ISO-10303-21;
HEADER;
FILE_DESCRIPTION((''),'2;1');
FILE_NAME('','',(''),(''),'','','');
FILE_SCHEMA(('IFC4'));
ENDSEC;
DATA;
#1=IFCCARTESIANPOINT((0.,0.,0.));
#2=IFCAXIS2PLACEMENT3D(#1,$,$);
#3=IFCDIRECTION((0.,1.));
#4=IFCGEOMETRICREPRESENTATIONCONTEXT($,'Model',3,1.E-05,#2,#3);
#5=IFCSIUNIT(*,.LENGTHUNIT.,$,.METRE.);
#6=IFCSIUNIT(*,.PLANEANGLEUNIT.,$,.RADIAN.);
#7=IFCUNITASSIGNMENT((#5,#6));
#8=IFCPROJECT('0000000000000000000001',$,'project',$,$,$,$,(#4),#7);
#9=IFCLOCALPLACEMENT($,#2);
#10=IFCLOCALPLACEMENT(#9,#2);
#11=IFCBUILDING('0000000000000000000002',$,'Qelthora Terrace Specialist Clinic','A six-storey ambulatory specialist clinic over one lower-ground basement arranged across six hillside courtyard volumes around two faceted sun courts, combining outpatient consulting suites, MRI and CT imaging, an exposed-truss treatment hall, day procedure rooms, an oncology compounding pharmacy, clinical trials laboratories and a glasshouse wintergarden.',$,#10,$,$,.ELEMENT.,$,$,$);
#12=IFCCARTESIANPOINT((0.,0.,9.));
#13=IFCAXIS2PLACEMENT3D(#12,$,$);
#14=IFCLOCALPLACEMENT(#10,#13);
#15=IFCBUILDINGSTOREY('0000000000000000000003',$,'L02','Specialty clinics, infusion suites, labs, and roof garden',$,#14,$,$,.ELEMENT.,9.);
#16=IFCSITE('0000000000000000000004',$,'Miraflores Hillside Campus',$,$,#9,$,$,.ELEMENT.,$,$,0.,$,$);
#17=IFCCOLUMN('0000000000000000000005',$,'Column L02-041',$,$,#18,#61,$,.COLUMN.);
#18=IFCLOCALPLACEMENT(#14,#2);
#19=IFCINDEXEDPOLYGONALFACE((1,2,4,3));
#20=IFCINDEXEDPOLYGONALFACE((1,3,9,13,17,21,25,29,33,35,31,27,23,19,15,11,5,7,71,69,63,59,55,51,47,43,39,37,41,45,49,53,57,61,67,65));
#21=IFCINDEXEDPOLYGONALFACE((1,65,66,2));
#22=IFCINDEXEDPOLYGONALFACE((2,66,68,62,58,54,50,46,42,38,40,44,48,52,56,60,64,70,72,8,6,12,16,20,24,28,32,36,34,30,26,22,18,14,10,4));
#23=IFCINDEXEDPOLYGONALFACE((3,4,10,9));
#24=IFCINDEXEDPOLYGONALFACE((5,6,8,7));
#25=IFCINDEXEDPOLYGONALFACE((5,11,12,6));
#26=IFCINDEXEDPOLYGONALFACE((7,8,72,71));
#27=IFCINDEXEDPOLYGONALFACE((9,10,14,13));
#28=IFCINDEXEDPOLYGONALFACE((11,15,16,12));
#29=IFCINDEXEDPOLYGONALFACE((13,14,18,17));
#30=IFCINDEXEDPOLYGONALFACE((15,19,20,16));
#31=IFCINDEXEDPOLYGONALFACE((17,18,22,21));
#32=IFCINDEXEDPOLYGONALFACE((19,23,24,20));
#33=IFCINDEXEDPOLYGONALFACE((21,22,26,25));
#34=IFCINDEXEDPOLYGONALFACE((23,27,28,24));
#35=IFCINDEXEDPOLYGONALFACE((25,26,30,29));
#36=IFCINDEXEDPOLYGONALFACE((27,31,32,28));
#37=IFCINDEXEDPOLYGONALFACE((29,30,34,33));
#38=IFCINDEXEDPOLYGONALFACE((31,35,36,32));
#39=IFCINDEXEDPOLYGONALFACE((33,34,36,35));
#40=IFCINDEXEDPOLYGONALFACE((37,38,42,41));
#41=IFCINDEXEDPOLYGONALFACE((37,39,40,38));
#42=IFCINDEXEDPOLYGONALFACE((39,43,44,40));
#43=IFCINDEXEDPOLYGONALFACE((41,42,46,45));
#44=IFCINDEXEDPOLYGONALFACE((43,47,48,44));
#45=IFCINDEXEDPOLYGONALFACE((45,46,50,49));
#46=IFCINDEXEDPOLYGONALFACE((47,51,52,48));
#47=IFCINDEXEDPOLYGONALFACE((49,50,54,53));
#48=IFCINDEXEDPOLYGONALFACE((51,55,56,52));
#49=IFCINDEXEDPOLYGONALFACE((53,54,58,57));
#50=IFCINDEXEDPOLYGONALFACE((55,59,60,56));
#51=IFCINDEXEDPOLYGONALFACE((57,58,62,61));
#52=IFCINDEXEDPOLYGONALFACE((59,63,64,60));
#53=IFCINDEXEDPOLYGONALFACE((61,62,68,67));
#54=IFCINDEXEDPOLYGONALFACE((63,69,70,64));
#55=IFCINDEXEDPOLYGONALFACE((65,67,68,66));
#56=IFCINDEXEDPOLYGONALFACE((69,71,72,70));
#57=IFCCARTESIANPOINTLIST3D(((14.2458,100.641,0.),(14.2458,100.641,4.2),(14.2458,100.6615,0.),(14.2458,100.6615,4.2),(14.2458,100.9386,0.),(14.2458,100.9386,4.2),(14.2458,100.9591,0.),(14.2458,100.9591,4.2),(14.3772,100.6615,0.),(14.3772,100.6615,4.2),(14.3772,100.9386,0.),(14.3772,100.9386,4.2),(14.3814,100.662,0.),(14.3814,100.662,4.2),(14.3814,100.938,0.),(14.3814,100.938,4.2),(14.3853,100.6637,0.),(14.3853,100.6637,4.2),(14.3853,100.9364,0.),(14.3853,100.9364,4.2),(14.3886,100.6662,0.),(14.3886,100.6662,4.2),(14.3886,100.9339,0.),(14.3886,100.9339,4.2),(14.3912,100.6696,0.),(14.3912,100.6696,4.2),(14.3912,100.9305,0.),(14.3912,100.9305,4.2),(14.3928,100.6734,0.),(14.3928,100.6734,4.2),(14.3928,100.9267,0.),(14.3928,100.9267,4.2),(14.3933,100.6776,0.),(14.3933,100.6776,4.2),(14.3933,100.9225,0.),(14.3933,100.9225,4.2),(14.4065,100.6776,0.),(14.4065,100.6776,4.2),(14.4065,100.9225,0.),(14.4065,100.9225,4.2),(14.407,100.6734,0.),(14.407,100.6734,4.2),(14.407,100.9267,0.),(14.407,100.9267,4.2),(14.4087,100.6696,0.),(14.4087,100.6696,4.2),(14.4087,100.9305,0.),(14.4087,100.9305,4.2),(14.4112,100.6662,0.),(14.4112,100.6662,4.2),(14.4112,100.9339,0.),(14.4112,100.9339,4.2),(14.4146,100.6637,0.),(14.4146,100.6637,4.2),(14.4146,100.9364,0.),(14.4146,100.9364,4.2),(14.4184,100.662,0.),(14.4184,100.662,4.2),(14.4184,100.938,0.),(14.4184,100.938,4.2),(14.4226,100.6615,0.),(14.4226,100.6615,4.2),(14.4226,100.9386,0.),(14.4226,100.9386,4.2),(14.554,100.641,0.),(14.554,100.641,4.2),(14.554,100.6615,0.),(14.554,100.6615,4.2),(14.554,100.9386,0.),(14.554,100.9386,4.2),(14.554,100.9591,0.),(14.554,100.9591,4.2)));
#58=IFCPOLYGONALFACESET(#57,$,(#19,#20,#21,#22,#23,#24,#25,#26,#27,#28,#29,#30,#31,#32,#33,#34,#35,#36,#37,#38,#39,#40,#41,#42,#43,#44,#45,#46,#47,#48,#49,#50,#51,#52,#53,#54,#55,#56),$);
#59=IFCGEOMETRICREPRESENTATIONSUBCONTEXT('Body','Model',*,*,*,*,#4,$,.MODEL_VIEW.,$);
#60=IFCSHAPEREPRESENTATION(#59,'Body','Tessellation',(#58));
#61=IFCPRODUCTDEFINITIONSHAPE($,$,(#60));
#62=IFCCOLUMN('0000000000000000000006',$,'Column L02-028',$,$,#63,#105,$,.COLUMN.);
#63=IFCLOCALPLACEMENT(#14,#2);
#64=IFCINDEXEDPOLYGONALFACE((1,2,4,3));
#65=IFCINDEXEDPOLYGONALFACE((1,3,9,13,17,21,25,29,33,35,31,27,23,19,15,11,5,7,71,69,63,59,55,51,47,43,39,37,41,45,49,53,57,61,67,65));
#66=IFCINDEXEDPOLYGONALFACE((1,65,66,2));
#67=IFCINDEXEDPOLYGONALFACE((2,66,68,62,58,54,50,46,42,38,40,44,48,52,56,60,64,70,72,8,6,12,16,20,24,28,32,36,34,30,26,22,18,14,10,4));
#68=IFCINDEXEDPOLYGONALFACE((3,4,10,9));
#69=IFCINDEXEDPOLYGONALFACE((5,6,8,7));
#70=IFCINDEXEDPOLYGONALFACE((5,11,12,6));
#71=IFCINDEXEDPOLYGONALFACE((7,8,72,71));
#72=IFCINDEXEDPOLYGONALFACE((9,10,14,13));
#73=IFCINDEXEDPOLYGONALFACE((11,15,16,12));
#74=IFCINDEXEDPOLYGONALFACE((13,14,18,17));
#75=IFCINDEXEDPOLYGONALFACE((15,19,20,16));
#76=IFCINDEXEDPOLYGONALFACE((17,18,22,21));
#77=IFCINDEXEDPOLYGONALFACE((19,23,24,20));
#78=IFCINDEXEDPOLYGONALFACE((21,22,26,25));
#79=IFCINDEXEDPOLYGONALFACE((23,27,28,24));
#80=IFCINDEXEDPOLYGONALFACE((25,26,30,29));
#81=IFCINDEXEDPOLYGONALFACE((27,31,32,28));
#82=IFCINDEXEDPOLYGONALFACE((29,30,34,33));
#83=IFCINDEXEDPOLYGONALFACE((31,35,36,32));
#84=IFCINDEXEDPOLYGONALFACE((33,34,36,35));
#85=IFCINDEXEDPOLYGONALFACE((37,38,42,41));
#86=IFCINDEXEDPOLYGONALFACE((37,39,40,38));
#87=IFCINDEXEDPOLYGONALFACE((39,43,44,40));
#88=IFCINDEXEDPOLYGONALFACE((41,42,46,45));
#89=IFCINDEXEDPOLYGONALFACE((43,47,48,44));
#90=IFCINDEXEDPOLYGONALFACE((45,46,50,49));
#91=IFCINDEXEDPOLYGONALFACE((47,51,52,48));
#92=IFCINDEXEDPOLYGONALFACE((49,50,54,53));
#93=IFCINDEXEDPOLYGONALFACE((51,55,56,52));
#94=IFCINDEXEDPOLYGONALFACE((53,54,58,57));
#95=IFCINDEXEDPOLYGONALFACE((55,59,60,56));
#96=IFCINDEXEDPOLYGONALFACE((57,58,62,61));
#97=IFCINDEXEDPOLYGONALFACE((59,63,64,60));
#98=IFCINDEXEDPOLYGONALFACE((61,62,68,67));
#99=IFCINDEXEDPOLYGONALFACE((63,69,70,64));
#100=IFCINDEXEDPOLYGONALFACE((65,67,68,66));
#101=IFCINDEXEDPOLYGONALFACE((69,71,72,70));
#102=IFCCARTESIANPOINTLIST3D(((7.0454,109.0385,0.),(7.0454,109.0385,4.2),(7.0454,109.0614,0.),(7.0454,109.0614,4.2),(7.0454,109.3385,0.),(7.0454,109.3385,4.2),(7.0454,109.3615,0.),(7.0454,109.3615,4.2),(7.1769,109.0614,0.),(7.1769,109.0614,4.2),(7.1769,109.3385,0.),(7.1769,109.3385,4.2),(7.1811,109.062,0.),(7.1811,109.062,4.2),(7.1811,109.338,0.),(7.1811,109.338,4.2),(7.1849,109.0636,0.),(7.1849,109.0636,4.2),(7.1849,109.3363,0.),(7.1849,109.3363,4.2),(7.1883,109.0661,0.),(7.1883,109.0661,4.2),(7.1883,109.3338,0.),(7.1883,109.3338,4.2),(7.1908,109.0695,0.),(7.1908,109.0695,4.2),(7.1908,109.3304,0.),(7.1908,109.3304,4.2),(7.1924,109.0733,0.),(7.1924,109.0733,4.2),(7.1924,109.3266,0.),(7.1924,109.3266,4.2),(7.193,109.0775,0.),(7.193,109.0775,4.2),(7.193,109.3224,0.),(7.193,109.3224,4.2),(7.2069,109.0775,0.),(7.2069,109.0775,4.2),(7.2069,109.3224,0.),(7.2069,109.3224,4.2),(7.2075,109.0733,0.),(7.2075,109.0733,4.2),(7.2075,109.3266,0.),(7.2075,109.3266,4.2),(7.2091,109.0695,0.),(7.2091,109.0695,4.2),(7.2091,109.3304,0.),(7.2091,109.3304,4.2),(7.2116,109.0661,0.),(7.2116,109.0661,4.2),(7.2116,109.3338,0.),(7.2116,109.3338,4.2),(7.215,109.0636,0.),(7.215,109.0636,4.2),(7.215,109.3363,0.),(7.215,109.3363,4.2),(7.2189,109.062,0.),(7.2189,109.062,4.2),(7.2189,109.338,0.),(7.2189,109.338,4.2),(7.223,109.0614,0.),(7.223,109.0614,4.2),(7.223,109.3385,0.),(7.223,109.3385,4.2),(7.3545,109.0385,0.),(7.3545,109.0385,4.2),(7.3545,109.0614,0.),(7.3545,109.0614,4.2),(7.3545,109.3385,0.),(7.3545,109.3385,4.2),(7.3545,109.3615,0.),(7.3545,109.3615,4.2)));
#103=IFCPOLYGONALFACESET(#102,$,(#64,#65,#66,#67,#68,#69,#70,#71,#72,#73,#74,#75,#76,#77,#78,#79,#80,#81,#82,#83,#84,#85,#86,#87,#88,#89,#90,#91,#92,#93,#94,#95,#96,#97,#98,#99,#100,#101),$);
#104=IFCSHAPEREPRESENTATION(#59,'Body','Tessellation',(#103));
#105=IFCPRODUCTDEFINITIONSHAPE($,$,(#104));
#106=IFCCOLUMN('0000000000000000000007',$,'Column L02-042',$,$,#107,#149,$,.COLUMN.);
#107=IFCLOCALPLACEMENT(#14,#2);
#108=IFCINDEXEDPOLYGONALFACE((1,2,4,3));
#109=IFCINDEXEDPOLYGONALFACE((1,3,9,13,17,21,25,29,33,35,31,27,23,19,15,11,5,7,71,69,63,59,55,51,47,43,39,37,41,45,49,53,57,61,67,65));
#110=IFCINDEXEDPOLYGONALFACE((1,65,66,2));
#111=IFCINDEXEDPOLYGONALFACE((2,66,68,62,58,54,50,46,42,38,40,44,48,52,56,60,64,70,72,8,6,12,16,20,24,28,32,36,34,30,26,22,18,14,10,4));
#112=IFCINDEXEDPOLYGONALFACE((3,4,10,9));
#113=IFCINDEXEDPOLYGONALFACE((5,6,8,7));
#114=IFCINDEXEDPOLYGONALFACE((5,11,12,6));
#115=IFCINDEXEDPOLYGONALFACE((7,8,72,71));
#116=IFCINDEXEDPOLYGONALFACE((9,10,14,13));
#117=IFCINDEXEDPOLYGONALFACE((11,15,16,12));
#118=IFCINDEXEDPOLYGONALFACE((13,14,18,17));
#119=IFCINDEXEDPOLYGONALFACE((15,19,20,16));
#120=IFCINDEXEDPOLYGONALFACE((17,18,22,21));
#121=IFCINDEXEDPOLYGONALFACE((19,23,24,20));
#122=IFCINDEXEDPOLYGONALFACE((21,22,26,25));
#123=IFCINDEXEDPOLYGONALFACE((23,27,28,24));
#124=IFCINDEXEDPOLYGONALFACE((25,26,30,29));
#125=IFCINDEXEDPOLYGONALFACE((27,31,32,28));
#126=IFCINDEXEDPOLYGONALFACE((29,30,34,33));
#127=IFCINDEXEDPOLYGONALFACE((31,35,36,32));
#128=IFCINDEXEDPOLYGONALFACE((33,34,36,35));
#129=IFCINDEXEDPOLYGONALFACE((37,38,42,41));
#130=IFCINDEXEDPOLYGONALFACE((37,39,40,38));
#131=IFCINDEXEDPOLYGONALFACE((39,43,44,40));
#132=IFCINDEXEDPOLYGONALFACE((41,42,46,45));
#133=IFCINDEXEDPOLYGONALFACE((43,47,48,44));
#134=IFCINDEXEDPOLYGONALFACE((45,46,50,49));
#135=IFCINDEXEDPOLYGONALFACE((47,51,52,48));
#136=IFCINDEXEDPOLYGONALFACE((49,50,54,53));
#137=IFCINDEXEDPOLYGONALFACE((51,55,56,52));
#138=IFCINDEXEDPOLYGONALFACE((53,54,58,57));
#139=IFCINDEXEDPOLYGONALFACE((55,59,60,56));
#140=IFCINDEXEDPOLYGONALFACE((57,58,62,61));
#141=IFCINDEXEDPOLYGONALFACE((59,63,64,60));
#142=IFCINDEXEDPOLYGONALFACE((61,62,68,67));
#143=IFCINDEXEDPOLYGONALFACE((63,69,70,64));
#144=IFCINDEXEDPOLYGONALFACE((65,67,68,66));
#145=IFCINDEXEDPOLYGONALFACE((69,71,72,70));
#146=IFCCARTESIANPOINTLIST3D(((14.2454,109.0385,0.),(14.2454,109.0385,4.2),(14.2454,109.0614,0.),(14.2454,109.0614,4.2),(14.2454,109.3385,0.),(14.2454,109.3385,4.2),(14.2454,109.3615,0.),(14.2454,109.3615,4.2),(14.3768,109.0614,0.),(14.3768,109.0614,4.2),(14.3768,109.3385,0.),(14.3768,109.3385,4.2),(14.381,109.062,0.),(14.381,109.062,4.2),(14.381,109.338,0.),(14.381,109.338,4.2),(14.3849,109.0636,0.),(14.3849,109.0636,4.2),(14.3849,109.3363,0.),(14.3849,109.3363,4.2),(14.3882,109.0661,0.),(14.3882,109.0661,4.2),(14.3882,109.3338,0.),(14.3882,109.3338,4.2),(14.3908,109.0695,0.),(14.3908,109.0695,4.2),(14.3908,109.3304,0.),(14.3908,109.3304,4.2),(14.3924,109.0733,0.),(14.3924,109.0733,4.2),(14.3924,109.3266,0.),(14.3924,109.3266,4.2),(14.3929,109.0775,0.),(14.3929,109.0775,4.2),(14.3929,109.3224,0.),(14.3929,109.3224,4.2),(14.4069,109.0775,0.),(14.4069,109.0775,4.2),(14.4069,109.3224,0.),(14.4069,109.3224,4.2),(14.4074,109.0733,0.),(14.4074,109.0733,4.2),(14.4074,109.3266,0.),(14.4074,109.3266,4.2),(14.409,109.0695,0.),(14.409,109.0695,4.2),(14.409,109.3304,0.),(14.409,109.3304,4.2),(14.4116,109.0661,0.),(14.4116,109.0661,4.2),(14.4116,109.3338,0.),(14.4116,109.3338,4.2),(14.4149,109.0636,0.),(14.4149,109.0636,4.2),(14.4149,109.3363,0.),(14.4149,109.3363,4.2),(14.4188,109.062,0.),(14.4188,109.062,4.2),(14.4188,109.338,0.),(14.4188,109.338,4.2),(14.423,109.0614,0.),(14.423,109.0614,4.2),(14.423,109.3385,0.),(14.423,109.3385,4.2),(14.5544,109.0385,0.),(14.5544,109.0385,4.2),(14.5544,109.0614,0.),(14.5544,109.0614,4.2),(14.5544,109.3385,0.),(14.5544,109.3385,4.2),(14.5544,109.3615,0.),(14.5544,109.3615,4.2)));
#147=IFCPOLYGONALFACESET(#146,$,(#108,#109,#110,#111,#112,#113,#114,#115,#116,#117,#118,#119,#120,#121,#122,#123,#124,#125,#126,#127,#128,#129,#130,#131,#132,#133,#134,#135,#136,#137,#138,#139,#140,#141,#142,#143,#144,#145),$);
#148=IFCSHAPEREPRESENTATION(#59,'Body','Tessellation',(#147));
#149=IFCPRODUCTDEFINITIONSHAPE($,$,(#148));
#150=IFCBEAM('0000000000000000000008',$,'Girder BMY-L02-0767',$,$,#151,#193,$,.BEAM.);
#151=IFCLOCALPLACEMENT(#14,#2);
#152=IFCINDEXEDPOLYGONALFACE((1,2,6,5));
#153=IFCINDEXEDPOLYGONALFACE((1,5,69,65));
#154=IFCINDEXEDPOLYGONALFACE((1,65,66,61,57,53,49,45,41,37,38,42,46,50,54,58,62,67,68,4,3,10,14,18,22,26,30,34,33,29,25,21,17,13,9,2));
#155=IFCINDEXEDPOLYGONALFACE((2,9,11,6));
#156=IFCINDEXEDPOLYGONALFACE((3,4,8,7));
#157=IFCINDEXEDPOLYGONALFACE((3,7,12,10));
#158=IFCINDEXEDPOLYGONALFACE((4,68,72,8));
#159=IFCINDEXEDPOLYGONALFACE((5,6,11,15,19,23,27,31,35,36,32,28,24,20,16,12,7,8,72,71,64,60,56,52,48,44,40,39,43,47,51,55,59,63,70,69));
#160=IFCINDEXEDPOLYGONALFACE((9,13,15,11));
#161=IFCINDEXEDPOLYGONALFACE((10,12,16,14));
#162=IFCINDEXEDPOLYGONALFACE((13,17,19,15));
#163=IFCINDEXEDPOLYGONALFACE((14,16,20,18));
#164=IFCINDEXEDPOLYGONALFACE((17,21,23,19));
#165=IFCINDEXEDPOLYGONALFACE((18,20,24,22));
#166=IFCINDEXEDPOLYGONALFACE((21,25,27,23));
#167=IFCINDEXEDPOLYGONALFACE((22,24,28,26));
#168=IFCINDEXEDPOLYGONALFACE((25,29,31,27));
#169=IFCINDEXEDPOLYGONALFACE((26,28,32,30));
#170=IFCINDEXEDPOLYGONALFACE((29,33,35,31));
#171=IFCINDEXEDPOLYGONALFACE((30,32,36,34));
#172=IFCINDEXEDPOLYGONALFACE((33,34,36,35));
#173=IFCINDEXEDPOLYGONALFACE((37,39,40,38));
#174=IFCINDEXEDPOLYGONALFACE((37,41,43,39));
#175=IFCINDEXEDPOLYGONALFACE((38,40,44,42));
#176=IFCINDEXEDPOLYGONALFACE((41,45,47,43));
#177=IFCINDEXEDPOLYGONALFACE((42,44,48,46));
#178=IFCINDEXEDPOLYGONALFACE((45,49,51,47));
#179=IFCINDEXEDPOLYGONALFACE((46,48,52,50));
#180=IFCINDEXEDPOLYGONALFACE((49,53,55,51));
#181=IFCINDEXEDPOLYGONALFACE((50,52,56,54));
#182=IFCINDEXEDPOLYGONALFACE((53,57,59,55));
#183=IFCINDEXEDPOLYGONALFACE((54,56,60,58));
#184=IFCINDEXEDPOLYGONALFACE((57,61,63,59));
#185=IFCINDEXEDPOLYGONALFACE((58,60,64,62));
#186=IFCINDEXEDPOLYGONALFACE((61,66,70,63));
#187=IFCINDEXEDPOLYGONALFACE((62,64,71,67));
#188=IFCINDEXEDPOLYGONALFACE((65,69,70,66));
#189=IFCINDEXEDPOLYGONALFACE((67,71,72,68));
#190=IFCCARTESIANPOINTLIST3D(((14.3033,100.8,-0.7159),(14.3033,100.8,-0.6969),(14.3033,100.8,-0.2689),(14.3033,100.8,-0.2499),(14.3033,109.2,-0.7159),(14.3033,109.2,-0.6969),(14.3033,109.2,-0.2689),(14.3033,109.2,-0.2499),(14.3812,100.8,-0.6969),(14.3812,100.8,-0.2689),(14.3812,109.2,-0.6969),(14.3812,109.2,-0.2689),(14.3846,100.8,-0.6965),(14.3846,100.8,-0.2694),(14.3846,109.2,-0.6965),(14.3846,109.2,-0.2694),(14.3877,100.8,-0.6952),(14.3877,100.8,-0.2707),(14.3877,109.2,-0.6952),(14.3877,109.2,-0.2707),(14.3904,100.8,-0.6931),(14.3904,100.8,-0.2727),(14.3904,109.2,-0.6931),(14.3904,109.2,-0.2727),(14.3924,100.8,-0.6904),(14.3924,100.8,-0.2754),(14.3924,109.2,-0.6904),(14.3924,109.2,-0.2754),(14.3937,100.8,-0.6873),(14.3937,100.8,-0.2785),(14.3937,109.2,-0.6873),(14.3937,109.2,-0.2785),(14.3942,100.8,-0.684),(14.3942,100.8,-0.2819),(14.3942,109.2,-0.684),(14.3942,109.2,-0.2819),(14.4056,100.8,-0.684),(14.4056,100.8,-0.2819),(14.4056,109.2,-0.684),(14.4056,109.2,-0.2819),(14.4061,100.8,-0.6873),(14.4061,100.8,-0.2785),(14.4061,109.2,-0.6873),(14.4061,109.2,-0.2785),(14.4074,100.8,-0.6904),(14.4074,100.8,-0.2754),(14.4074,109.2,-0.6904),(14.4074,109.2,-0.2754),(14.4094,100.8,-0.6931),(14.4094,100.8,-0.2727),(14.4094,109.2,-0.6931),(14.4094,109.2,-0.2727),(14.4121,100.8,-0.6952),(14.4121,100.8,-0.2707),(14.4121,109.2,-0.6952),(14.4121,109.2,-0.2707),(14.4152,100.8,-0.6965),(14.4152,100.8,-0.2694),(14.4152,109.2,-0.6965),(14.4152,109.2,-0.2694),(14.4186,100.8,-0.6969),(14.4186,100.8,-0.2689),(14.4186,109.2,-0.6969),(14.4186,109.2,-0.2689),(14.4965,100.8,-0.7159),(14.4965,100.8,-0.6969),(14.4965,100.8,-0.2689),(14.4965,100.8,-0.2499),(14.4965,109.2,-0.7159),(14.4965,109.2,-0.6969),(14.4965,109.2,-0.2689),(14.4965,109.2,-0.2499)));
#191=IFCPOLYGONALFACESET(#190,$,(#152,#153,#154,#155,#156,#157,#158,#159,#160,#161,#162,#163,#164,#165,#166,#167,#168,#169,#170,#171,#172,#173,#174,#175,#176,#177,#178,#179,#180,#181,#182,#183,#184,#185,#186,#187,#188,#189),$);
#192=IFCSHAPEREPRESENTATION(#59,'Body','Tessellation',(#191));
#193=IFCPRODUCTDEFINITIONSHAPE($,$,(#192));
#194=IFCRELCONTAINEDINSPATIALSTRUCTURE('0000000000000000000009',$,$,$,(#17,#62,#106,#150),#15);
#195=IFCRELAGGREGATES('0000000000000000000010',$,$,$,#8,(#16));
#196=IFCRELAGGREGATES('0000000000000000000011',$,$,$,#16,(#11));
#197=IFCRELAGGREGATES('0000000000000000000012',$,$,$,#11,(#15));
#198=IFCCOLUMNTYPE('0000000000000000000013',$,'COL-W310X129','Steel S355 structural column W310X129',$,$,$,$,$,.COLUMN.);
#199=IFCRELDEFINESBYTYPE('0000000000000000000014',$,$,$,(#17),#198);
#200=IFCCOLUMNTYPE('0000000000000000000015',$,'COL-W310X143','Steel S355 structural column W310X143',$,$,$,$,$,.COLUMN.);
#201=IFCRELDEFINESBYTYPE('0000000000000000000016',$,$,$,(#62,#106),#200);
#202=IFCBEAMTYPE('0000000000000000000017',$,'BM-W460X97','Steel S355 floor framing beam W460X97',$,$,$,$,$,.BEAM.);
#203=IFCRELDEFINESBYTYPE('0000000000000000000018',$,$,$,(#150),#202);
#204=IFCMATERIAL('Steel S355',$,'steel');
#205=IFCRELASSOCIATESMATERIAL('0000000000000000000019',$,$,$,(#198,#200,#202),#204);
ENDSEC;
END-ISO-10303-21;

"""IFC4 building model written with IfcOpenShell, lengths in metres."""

from ifc_helpers import new_model, si_unit, direction, frame, origin, origin_2d, place, context, subcontext, project, spatial, i_section, extrude, material, material_profile, profile_set, type_object, element, save


model = new_model("IFC4")

# Units and contexts
model_context = context("Model", 3, precision=1e-05, world=origin(), true_north=direction((0.0, 1.0)))
body_context = subcontext(model_context, "Body", "Model", "MODEL_VIEW")
ifc_project = project(units=[si_unit("LENGTHUNIT", "METRE"), si_unit("PLANEANGLEUNIT", "RADIAN")], contexts=[model_context])

# Site, building, storey
site_placement = place(None, origin())
site = spatial("IfcSite", under=ifc_project, at=site_placement, Name="Miraflores Hillside Campus", CompositionType="ELEMENT", RefElevation=0.0)
building_placement = place(site_placement, origin())
building = spatial("IfcBuilding", under=site, at=building_placement, Name="Qelthora Terrace Specialist Clinic", Description="A six-storey ambulatory specialist clinic over one lower-ground basement arranged across six hillside courtyard volumes around two faceted sun courts, combining outpatient consulting suites, MRI and CT imaging, an exposed-truss treatment hall, day procedure rooms, an oncology compounding pharmacy, clinical trials laboratories and a glasshouse wintergarden.", CompositionType="ELEMENT")
storey_placement = place(building_placement, frame((0.0, 0.0, 9.0)))
storey = spatial("IfcBuildingStorey", under=building, at=storey_placement, Name="L02", Description="Specialty clinics, infusion suites, labs, and roof garden", CompositionType="ELEMENT", Elevation=9.0)

# Columns
ifc_material_1 = material(Name="Steel S355", Category="steel")
ifc_material_profile_1 = material_profile(ifc_material_1, i_section(OverallWidth=0.3081, OverallDepth=0.3181, WebThickness=0.0132, FlangeThickness=0.0205, FilletRadius=0.0161, at=origin_2d()), Name="W310X129")
ifc_profile_set_1 = profile_set([ifc_material_profile_1], Name="Steel S355")
column_type_1 = type_object("IfcColumnType", Name="COL-W310X129", Description="Steel S355 structural column W310X129", PredefinedType="COLUMN", material=ifc_profile_set_1)
column_placement = place(storey_placement, frame((14.3999, 100.8, 0.0), z_axis=(0.0, 0.0, 1.0), x_axis=(1.0, 0.0, 0.0)))
element("IfcColumn", 1, at=column_placement, inside=storey, type_object=column_type_1, Name="Column L02-041", PredefinedType="COLUMN", context=body_context, shape_type="SweptSolid", body=[
    extrude(i_section(OverallWidth=0.3081, OverallDepth=0.3181, WebThickness=0.0132, FlangeThickness=0.0205, FilletRadius=0.0161, at=origin_2d()), origin(), (0.0, 0.0, 1.0), 4.2),
])
ifc_material_profile_2 = material_profile(ifc_material_1, i_section(OverallWidth=0.3091, OverallDepth=0.323, WebThickness=0.0139, FlangeThickness=0.0229, FilletRadius=0.0161, at=origin_2d()), Name="W310X143")
ifc_profile_set_2 = profile_set([ifc_material_profile_2], Name="Steel S355")
column_type_2 = type_object("IfcColumnType", Name="COL-W310X143", Description="Steel S355 structural column W310X143", PredefinedType="COLUMN", material=ifc_profile_set_2)
for number, where, z_axis, x_axis, name in (
    (2, (7.2, 109.2, 0.0), (0.0, 0.0, 1.0), (1.0, 0.0, 0.0), "Column L02-028"),
    (3, (14.3999, 109.2, 0.0), (0.0, 0.0, 1.0), (1.0, 0.0, 0.0), "Column L02-042"),
):
    element("IfcColumn", number, at=place(storey_placement, frame(where, z_axis=z_axis, x_axis=x_axis)), inside=storey, type_object=column_type_2, Name=name, PredefinedType="COLUMN", context=body_context, shape_type="SweptSolid", body=[
        extrude(i_section(OverallWidth=0.3091, OverallDepth=0.323, WebThickness=0.0139, FlangeThickness=0.0229, FilletRadius=0.0161, at=origin_2d()), origin(), (0.0, 0.0, 1.0), 4.2),
    ])

# Beam
ifc_material_profile_3 = material_profile(ifc_material_1, i_section(OverallWidth=0.1931, OverallDepth=0.4661, WebThickness=0.0115, FlangeThickness=0.019, FilletRadius=0.0129, at=origin_2d()), Name="W460X97")
ifc_profile_set_3 = profile_set([ifc_material_profile_3], Name="Steel S355")
beam_type_1 = type_object("IfcBeamType", Name="BM-W460X97", Description="Steel S355 floor framing beam W460X97", PredefinedType="BEAM", material=ifc_profile_set_3)
beam_1_placement = place(storey_placement, frame((14.3999, 100.8, -0.4829), z_axis=(0.0, 1.0, 0.0), x_axis=(-1.0, 0.0, 0.0)))
element("IfcBeam", 4, at=beam_1_placement, inside=storey, type_object=beam_type_1, Name="Girder BMY-L02-0767", PredefinedType="BEAM", context=body_context, shape_type="SweptSolid", body=[
    extrude(i_section(OverallWidth=0.1931, OverallDepth=0.4661, WebThickness=0.0115, FlangeThickness=0.019, FilletRadius=0.0129, at=origin_2d()), origin(), (0.0, 0.0, 1.0), 8.3999),
])

save(model, "model.ifc")
